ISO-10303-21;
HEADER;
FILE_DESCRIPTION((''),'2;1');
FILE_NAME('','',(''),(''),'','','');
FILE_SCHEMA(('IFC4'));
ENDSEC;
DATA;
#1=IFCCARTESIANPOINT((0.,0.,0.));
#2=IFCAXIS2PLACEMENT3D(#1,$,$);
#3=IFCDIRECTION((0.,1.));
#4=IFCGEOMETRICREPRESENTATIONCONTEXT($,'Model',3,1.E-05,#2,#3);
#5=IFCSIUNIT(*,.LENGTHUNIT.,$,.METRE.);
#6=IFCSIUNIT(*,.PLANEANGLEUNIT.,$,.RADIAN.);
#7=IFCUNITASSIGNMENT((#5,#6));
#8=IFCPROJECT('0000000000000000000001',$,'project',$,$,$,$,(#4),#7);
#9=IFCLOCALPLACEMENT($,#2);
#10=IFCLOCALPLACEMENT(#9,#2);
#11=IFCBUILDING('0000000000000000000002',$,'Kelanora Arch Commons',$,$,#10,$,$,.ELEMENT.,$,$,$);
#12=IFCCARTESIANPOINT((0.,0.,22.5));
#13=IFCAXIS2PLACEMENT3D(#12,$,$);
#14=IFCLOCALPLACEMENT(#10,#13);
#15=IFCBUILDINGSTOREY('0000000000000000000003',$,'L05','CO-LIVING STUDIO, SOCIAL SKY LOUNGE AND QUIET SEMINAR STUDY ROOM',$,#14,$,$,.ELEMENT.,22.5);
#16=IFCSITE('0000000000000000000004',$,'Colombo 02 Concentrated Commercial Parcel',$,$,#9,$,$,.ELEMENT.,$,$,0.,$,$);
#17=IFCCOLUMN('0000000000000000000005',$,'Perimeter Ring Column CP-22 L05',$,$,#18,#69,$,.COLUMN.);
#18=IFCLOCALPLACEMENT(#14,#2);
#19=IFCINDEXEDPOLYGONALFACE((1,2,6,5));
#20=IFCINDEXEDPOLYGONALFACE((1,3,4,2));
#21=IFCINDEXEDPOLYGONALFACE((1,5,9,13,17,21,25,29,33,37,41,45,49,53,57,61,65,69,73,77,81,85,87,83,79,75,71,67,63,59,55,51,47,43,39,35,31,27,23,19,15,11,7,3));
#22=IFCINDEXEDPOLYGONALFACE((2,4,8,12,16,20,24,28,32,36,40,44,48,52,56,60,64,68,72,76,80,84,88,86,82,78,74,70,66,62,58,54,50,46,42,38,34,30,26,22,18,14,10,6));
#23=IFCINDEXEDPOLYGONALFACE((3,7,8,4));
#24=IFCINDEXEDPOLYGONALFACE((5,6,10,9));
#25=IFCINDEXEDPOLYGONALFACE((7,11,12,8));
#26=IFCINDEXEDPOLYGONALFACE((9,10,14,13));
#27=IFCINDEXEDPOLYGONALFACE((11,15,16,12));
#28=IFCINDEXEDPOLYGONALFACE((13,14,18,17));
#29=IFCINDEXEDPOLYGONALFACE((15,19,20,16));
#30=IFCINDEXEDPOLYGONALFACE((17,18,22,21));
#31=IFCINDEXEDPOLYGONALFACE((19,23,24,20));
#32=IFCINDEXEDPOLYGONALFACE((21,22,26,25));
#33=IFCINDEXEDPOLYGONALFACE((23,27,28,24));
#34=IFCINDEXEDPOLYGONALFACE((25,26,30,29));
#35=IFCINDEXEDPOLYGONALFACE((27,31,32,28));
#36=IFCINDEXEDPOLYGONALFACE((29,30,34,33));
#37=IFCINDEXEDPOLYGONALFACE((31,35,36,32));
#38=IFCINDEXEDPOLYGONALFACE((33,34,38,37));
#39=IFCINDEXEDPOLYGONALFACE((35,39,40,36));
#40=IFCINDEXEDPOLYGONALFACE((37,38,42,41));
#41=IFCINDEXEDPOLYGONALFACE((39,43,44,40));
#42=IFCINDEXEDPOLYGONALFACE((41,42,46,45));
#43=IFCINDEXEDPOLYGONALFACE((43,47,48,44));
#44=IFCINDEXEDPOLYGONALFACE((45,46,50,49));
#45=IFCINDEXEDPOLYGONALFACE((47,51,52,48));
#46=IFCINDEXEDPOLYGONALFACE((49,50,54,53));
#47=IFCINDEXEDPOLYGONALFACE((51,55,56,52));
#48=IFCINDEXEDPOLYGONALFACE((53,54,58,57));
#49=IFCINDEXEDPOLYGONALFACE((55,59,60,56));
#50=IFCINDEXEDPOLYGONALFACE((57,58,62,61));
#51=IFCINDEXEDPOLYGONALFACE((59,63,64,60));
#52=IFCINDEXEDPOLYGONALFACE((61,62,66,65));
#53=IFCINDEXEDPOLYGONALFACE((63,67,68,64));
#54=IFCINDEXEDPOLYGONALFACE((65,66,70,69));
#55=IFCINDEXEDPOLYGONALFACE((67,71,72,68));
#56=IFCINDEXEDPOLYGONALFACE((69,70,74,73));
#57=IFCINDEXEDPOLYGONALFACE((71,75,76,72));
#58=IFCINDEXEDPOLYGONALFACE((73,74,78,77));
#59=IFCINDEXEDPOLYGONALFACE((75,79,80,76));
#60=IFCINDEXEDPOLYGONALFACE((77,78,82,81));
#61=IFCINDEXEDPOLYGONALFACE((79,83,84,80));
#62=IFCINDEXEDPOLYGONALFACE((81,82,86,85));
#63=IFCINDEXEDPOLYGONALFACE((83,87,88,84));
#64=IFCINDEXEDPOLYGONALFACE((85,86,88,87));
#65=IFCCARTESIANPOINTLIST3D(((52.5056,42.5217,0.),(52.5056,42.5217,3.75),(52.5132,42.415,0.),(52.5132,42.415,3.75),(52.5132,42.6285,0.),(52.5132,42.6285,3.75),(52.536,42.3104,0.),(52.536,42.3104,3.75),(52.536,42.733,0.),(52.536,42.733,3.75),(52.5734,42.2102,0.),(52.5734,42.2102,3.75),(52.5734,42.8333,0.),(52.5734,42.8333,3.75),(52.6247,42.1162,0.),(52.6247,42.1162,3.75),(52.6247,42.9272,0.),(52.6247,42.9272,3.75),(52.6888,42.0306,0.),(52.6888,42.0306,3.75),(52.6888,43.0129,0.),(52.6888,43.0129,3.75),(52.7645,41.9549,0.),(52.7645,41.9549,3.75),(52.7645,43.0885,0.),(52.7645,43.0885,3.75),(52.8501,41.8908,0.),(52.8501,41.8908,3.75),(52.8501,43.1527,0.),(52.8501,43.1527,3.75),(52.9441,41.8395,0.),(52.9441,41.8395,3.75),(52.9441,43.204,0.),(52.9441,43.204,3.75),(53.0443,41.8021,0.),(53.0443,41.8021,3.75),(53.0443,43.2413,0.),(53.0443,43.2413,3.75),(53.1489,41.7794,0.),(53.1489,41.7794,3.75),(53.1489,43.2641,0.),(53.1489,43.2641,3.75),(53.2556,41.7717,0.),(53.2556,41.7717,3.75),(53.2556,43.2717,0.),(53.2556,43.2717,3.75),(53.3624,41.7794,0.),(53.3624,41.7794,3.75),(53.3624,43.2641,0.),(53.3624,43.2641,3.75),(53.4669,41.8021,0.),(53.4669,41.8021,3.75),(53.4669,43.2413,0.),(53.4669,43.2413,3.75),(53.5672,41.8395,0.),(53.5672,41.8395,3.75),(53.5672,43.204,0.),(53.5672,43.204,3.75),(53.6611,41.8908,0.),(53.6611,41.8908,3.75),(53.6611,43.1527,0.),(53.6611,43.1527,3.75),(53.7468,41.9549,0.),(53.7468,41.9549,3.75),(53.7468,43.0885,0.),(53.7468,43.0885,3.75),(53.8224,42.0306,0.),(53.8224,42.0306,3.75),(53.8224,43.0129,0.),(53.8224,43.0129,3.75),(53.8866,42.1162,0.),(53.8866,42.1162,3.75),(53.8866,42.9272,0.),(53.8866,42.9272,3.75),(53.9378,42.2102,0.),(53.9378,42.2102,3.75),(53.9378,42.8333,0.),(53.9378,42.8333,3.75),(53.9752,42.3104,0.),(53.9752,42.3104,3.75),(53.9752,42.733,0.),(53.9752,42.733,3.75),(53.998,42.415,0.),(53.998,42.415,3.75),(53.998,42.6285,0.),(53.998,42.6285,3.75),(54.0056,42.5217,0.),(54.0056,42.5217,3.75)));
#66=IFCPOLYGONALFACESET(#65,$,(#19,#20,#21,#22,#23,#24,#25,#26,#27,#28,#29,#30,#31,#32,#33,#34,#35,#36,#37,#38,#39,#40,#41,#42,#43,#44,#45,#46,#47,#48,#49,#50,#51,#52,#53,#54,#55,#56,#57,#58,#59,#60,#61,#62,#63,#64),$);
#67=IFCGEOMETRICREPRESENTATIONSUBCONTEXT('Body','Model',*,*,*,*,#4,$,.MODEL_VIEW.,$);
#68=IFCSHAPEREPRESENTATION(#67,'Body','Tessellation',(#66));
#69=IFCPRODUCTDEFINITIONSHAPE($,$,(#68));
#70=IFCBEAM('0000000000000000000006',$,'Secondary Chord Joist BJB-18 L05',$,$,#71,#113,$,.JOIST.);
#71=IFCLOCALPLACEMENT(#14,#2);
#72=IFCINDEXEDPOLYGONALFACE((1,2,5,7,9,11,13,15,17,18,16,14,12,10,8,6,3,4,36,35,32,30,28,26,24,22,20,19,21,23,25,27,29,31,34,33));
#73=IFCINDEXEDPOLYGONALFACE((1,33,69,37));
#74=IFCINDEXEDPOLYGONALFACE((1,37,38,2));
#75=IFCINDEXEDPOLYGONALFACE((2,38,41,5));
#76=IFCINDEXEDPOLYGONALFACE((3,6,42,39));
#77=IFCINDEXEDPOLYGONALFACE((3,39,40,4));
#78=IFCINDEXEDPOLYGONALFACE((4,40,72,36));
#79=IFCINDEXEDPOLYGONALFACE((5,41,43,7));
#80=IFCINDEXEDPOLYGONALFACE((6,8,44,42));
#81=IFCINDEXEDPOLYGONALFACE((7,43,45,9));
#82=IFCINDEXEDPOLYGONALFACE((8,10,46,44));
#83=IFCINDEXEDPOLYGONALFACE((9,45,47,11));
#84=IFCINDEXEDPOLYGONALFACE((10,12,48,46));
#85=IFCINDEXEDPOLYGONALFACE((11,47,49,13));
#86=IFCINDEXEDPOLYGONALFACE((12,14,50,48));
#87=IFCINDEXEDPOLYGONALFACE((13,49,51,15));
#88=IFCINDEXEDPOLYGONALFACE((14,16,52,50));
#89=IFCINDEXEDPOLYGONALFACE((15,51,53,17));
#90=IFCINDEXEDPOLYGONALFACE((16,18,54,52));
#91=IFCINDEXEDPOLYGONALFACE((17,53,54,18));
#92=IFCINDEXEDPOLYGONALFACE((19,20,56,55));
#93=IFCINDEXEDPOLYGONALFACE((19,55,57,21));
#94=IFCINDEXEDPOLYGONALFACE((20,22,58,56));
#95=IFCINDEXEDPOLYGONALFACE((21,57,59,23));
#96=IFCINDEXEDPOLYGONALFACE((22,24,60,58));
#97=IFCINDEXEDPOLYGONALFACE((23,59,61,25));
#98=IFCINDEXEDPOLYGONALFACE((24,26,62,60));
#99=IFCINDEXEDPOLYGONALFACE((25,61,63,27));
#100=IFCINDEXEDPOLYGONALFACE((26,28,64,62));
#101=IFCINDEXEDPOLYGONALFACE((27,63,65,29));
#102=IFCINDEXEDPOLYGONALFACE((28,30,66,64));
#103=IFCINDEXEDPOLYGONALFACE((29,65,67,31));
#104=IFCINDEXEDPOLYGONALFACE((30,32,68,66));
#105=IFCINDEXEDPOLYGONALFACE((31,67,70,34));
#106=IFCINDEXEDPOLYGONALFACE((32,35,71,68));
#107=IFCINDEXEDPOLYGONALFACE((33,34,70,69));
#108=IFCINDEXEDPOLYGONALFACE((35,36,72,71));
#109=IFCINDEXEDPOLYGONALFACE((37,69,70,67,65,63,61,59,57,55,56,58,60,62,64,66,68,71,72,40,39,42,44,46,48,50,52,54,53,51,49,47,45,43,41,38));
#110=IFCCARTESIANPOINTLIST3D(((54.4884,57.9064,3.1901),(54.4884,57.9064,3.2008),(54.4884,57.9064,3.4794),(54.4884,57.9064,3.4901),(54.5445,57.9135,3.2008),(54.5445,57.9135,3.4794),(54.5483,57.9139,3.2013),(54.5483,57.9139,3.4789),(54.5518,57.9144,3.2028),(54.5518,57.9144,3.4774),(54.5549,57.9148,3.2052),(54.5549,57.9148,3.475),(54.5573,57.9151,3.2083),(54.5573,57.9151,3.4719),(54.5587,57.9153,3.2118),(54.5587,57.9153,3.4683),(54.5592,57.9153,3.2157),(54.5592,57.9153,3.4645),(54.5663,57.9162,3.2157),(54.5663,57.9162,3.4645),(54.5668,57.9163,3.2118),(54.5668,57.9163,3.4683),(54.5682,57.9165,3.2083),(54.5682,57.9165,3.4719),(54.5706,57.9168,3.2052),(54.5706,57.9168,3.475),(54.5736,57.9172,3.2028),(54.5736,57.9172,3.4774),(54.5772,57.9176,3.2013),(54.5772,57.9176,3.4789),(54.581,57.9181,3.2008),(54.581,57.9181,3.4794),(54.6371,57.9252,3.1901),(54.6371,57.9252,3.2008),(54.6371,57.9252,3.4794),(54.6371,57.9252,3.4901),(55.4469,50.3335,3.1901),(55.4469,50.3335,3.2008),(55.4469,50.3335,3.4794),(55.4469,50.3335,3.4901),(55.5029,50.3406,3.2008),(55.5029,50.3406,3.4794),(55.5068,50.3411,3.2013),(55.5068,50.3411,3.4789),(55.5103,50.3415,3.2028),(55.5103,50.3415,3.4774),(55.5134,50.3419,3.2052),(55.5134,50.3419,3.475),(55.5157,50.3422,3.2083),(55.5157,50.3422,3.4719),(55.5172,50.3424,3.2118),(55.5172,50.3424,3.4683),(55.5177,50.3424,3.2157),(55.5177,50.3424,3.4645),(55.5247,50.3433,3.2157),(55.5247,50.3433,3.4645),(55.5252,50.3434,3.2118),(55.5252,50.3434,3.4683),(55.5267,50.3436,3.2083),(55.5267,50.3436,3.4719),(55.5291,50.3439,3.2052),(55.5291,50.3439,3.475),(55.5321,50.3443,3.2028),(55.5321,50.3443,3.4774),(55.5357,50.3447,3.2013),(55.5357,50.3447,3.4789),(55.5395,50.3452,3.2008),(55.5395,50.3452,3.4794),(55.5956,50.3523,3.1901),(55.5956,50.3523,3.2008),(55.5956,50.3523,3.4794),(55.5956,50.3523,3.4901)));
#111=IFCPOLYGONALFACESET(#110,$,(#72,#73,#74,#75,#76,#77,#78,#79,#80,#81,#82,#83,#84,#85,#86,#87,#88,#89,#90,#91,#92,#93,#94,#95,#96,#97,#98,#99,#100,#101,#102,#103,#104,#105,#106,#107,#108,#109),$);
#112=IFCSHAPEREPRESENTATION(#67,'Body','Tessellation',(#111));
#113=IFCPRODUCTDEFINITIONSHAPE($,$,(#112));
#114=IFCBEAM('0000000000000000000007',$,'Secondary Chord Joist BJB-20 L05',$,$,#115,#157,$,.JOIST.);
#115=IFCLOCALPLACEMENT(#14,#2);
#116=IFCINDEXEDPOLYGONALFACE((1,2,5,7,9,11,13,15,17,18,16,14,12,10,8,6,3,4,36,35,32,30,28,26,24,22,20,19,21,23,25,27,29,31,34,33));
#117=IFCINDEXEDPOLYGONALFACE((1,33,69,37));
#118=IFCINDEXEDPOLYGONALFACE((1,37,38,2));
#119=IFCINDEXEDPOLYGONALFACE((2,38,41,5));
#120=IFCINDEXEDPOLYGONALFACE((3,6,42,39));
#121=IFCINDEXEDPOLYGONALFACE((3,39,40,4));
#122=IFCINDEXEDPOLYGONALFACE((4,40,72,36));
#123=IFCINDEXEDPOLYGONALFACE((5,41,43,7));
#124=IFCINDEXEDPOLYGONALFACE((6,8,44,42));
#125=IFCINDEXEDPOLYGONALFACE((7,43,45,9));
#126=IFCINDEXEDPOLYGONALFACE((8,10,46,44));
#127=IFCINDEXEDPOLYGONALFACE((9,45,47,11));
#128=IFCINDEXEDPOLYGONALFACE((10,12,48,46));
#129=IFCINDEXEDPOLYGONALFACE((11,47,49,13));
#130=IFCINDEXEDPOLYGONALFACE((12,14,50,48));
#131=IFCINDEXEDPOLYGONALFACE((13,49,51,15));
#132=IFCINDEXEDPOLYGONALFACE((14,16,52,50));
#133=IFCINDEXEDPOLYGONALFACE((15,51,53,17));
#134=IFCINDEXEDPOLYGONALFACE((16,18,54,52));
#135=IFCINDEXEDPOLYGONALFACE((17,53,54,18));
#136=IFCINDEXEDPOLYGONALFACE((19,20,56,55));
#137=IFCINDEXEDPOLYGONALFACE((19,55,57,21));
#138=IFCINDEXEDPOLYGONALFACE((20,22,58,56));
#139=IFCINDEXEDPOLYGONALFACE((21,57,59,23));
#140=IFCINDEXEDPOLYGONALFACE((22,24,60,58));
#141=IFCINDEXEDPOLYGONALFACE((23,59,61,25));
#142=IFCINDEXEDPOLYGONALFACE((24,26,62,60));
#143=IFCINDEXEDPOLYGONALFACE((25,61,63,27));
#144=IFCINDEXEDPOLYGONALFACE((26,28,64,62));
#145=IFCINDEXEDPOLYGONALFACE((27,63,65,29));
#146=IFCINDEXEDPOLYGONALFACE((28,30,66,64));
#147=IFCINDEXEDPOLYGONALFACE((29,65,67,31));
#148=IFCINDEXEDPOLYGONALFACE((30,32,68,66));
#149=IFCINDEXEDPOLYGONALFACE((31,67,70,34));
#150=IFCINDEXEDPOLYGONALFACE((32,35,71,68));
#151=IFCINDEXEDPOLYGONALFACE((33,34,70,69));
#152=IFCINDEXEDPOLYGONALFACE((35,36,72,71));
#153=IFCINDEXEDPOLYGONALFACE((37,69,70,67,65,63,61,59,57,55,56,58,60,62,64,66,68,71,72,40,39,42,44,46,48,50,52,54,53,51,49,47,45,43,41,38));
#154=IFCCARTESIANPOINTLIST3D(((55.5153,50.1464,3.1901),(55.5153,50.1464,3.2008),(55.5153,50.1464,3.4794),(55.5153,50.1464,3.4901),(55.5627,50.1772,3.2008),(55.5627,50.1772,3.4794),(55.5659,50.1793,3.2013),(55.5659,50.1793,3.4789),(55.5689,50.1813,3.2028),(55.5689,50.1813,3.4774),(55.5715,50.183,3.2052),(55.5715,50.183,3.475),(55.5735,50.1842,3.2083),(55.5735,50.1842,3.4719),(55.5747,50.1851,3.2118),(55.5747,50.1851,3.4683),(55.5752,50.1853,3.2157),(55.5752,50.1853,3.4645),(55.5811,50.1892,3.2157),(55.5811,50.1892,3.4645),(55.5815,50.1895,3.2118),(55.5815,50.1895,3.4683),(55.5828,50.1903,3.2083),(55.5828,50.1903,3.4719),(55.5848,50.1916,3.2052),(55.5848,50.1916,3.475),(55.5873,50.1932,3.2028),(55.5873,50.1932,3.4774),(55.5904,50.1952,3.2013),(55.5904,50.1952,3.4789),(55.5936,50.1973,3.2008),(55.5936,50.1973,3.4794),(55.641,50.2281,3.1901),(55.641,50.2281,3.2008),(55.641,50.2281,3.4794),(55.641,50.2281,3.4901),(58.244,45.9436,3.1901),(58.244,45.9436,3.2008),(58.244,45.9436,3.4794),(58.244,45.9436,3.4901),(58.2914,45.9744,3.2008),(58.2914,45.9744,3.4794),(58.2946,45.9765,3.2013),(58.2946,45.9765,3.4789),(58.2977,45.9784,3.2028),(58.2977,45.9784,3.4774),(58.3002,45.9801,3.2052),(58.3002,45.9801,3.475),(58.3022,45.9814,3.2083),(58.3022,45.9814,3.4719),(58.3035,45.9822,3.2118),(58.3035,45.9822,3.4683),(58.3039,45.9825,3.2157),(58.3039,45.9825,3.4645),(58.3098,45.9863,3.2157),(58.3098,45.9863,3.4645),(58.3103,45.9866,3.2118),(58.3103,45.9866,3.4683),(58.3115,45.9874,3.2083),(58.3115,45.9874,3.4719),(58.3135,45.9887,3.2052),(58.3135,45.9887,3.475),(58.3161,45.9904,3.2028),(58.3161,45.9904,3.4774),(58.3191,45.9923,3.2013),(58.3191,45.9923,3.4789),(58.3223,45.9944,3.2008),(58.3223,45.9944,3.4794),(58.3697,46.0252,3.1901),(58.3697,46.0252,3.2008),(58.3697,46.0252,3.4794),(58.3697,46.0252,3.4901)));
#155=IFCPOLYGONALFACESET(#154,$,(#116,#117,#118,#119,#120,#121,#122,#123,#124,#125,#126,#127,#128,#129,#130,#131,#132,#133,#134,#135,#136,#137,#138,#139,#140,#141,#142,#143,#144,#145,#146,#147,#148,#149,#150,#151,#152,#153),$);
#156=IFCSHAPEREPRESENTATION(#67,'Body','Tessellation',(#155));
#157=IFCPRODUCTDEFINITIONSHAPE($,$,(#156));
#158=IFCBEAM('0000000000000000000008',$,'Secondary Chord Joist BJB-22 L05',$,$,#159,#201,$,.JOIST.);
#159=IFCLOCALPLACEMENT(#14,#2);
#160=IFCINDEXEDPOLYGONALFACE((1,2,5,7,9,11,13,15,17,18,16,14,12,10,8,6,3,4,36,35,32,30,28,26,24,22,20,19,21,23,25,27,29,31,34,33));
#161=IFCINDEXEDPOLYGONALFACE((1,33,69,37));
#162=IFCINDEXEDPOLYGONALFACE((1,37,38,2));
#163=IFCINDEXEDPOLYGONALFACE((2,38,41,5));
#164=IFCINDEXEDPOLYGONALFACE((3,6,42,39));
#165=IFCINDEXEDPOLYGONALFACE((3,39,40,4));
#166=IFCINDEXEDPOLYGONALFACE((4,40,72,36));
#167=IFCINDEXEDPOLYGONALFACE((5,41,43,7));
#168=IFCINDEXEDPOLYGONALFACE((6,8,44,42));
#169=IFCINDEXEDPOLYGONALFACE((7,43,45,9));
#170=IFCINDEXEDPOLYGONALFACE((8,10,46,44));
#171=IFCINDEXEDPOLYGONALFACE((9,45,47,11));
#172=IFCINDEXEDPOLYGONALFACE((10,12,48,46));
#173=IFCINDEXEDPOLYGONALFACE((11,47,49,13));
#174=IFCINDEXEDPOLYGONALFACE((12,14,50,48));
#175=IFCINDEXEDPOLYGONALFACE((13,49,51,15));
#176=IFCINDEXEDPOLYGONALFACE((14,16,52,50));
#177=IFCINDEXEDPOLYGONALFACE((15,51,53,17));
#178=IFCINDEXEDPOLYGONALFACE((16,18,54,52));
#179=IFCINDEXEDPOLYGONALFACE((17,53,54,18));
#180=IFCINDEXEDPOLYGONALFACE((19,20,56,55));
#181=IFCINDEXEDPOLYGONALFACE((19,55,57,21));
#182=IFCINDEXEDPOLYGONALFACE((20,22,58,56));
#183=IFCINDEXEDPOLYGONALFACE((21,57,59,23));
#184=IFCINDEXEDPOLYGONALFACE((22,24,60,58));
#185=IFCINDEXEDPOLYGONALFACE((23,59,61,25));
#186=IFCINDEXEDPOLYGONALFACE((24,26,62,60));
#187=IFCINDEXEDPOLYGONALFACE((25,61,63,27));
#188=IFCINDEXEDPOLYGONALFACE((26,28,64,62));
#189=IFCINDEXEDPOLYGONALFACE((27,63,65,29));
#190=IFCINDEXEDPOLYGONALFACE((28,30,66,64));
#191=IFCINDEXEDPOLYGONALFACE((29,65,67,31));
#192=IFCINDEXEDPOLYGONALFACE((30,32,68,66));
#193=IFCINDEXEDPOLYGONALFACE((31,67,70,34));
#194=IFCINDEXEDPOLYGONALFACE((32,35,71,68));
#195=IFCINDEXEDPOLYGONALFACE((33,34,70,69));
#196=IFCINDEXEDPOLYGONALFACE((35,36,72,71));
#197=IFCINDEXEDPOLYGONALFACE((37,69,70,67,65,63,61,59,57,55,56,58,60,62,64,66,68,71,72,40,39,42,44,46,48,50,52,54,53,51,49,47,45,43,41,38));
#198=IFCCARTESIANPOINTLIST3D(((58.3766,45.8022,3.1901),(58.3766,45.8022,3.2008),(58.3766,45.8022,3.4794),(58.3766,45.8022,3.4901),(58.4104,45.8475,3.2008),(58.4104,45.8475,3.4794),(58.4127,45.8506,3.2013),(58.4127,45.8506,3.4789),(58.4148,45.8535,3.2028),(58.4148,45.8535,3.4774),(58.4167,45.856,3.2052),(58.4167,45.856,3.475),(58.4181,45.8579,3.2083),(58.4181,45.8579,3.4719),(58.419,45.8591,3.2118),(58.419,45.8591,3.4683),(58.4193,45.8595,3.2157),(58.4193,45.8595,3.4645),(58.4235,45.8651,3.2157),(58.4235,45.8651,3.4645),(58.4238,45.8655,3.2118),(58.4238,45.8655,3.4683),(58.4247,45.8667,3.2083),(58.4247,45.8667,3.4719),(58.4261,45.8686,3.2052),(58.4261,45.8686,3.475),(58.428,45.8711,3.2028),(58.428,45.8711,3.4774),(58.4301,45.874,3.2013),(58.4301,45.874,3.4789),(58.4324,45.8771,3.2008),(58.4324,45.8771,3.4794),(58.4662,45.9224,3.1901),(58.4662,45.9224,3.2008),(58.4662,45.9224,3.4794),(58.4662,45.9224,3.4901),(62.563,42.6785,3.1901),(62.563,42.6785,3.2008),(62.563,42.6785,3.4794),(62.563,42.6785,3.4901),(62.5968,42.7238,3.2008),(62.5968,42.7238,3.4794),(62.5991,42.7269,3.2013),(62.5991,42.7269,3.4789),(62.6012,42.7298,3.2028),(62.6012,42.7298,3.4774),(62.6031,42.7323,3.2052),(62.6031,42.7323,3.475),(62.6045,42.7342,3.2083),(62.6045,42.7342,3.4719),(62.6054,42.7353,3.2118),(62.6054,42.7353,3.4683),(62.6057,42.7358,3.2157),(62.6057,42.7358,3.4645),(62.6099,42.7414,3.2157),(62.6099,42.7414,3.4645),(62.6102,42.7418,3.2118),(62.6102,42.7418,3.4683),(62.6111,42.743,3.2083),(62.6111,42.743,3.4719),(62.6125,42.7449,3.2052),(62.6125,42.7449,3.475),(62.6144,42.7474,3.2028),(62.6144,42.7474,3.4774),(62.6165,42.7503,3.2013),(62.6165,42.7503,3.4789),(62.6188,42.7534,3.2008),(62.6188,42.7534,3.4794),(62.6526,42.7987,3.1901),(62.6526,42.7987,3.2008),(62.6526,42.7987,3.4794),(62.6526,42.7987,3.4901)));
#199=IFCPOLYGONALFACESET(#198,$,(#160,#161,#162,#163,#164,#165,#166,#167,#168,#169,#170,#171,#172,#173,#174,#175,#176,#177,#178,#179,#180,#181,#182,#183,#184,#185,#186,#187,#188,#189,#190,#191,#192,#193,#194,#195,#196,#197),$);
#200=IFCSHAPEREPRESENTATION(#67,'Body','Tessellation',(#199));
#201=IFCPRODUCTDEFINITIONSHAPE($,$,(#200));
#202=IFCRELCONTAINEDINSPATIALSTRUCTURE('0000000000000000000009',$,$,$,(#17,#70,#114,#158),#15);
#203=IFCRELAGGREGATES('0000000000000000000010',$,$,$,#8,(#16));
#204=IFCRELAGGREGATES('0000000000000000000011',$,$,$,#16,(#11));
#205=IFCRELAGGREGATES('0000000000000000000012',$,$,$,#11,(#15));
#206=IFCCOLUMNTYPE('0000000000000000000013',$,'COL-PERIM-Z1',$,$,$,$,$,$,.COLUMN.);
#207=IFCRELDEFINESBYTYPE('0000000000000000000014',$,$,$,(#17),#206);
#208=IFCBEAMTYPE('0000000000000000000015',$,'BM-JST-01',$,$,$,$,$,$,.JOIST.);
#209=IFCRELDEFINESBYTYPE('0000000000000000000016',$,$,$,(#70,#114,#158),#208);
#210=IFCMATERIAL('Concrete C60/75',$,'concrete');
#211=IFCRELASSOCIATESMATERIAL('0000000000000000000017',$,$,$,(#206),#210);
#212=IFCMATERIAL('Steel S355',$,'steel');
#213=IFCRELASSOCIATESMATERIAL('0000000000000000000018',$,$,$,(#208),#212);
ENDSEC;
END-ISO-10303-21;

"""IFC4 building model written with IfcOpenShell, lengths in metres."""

from ifc_helpers import new_model, si_unit, direction, frame, origin, origin_2d, place, context, subcontext, project, spatial, circle, i_section, extrude, material, material_profile, profile_set, type_object, element, save


model = new_model("IFC4")

# Units and contexts
model_context = context("Model", 3, precision=1e-05, world=origin(), true_north=direction((0.0, 1.0)))
body_context = subcontext(model_context, "Body", "Model", "MODEL_VIEW")
ifc_project = project(units=[si_unit("LENGTHUNIT", "METRE"), si_unit("PLANEANGLEUNIT", "RADIAN")], contexts=[model_context])

# Site, building, storey
site_placement = place(None, origin())
site = spatial("IfcSite", under=ifc_project, at=site_placement, Name="Colombo 02 Concentrated Commercial Parcel", CompositionType="ELEMENT", RefElevation=0.0)
building_placement = place(site_placement, origin())
building = spatial("IfcBuilding", under=site, at=building_placement, Name="Kelanora Arch Commons", CompositionType="ELEMENT")
storey_placement = place(building_placement, frame((0.0, 0.0, 22.5)))
storey = spatial("IfcBuildingStorey", under=building, at=storey_placement, Name="L05", Description="CO-LIVING STUDIO, SOCIAL SKY LOUNGE AND QUIET SEMINAR STUDY ROOM", CompositionType="ELEMENT", Elevation=22.5)

# Column
ifc_material_1 = material(Name="Concrete C60/75", Category="concrete")
ifc_material_profile_1 = material_profile(ifc_material_1, circle(Radius=0.75, at=origin_2d()), Name="RCC1500")
ifc_profile_set_1 = profile_set([ifc_material_profile_1], Name="Concrete C60/75")
column_type = type_object("IfcColumnType", Name="COL-PERIM-Z1", PredefinedType="COLUMN", material=ifc_profile_set_1)
column_placement = place(storey_placement, frame((53.2556, 42.5217, 0.0), z_axis=(0.0, 0.0, 1.0), x_axis=(1.0, 0.0, 0.0)))
element("IfcColumn", 1, at=column_placement, inside=storey, type_object=column_type, Name="Perimeter Ring Column CP-22 L05", PredefinedType="COLUMN", context=body_context, shape_type="SweptSolid", body=[
    extrude(circle(Radius=0.75, at=origin_2d()), origin(), (0.0, 0.0, 1.0), 3.75),
])

# Beams
ifc_material_2 = material(Name="Steel S355", Category="steel")
ifc_material_profile_2 = material_profile(ifc_material_2, i_section(OverallWidth=0.1499, OverallDepth=0.3, WebThickness=0.0071, FlangeThickness=0.0107, FilletRadius=0.0149, at=origin_2d()), Name="IPE300")
ifc_profile_set_2 = profile_set([ifc_material_profile_2], Name="Steel S355")
beam_type_1 = type_object("IfcBeamType", Name="BM-JST-01", PredefinedType="JOIST", material=ifc_profile_set_2)
beam_1_placement = place(storey_placement, frame((54.5627, 57.9158, 3.3401), z_axis=(0.125566, -0.992085, 0.0), x_axis=(0.992085, 0.125566, 0.0)))
element("IfcBeam", 2, at=beam_1_placement, inside=storey, type_object=beam_type_1, Name="Secondary Chord Joist BJB-18 L05", PredefinedType="JOIST", context=body_context, shape_type="SweptSolid", body=[
    extrude(i_section(OverallWidth=0.1499, OverallDepth=0.3, WebThickness=0.0071, FlangeThickness=0.0107, FilletRadius=0.0149, at=origin_2d()), origin(), (0.0, 0.0, 1.0), 7.6333),
])
beam_2_placement = place(storey_placement, frame((55.5781, 50.1873, 3.3401), z_axis=(0.544552, -0.838727, 0.0), x_axis=(0.838727, 0.544552, 0.0)))
element("IfcBeam", 3, at=beam_2_placement, inside=storey, type_object=beam_type_1, Name="Secondary Chord Joist BJB-20 L05", PredefinedType="JOIST", context=body_context, shape_type="SweptSolid", body=[
    extrude(i_section(OverallWidth=0.1499, OverallDepth=0.3, WebThickness=0.0071, FlangeThickness=0.0107, FilletRadius=0.0149, at=origin_2d()), origin(), (0.0, 0.0, 1.0), 5.011),
])
beam_3_placement = place(storey_placement, frame((58.4214, 45.8623, 3.3401), z_axis=(0.801478, -0.598024, 0.0), x_axis=(0.598024, 0.801478, 0.0)))
element("IfcBeam", 4, at=beam_3_placement, inside=storey, type_object=beam_type_1, Name="Secondary Chord Joist BJB-22 L05", PredefinedType="JOIST", context=body_context, shape_type="SweptSolid", body=[
    extrude(i_section(OverallWidth=0.1499, OverallDepth=0.3, WebThickness=0.0071, FlangeThickness=0.0107, FilletRadius=0.0149, at=origin_2d()), origin(), (0.0, 0.0, 1.0), 5.2234),
])

save(model, "model.ifc")
